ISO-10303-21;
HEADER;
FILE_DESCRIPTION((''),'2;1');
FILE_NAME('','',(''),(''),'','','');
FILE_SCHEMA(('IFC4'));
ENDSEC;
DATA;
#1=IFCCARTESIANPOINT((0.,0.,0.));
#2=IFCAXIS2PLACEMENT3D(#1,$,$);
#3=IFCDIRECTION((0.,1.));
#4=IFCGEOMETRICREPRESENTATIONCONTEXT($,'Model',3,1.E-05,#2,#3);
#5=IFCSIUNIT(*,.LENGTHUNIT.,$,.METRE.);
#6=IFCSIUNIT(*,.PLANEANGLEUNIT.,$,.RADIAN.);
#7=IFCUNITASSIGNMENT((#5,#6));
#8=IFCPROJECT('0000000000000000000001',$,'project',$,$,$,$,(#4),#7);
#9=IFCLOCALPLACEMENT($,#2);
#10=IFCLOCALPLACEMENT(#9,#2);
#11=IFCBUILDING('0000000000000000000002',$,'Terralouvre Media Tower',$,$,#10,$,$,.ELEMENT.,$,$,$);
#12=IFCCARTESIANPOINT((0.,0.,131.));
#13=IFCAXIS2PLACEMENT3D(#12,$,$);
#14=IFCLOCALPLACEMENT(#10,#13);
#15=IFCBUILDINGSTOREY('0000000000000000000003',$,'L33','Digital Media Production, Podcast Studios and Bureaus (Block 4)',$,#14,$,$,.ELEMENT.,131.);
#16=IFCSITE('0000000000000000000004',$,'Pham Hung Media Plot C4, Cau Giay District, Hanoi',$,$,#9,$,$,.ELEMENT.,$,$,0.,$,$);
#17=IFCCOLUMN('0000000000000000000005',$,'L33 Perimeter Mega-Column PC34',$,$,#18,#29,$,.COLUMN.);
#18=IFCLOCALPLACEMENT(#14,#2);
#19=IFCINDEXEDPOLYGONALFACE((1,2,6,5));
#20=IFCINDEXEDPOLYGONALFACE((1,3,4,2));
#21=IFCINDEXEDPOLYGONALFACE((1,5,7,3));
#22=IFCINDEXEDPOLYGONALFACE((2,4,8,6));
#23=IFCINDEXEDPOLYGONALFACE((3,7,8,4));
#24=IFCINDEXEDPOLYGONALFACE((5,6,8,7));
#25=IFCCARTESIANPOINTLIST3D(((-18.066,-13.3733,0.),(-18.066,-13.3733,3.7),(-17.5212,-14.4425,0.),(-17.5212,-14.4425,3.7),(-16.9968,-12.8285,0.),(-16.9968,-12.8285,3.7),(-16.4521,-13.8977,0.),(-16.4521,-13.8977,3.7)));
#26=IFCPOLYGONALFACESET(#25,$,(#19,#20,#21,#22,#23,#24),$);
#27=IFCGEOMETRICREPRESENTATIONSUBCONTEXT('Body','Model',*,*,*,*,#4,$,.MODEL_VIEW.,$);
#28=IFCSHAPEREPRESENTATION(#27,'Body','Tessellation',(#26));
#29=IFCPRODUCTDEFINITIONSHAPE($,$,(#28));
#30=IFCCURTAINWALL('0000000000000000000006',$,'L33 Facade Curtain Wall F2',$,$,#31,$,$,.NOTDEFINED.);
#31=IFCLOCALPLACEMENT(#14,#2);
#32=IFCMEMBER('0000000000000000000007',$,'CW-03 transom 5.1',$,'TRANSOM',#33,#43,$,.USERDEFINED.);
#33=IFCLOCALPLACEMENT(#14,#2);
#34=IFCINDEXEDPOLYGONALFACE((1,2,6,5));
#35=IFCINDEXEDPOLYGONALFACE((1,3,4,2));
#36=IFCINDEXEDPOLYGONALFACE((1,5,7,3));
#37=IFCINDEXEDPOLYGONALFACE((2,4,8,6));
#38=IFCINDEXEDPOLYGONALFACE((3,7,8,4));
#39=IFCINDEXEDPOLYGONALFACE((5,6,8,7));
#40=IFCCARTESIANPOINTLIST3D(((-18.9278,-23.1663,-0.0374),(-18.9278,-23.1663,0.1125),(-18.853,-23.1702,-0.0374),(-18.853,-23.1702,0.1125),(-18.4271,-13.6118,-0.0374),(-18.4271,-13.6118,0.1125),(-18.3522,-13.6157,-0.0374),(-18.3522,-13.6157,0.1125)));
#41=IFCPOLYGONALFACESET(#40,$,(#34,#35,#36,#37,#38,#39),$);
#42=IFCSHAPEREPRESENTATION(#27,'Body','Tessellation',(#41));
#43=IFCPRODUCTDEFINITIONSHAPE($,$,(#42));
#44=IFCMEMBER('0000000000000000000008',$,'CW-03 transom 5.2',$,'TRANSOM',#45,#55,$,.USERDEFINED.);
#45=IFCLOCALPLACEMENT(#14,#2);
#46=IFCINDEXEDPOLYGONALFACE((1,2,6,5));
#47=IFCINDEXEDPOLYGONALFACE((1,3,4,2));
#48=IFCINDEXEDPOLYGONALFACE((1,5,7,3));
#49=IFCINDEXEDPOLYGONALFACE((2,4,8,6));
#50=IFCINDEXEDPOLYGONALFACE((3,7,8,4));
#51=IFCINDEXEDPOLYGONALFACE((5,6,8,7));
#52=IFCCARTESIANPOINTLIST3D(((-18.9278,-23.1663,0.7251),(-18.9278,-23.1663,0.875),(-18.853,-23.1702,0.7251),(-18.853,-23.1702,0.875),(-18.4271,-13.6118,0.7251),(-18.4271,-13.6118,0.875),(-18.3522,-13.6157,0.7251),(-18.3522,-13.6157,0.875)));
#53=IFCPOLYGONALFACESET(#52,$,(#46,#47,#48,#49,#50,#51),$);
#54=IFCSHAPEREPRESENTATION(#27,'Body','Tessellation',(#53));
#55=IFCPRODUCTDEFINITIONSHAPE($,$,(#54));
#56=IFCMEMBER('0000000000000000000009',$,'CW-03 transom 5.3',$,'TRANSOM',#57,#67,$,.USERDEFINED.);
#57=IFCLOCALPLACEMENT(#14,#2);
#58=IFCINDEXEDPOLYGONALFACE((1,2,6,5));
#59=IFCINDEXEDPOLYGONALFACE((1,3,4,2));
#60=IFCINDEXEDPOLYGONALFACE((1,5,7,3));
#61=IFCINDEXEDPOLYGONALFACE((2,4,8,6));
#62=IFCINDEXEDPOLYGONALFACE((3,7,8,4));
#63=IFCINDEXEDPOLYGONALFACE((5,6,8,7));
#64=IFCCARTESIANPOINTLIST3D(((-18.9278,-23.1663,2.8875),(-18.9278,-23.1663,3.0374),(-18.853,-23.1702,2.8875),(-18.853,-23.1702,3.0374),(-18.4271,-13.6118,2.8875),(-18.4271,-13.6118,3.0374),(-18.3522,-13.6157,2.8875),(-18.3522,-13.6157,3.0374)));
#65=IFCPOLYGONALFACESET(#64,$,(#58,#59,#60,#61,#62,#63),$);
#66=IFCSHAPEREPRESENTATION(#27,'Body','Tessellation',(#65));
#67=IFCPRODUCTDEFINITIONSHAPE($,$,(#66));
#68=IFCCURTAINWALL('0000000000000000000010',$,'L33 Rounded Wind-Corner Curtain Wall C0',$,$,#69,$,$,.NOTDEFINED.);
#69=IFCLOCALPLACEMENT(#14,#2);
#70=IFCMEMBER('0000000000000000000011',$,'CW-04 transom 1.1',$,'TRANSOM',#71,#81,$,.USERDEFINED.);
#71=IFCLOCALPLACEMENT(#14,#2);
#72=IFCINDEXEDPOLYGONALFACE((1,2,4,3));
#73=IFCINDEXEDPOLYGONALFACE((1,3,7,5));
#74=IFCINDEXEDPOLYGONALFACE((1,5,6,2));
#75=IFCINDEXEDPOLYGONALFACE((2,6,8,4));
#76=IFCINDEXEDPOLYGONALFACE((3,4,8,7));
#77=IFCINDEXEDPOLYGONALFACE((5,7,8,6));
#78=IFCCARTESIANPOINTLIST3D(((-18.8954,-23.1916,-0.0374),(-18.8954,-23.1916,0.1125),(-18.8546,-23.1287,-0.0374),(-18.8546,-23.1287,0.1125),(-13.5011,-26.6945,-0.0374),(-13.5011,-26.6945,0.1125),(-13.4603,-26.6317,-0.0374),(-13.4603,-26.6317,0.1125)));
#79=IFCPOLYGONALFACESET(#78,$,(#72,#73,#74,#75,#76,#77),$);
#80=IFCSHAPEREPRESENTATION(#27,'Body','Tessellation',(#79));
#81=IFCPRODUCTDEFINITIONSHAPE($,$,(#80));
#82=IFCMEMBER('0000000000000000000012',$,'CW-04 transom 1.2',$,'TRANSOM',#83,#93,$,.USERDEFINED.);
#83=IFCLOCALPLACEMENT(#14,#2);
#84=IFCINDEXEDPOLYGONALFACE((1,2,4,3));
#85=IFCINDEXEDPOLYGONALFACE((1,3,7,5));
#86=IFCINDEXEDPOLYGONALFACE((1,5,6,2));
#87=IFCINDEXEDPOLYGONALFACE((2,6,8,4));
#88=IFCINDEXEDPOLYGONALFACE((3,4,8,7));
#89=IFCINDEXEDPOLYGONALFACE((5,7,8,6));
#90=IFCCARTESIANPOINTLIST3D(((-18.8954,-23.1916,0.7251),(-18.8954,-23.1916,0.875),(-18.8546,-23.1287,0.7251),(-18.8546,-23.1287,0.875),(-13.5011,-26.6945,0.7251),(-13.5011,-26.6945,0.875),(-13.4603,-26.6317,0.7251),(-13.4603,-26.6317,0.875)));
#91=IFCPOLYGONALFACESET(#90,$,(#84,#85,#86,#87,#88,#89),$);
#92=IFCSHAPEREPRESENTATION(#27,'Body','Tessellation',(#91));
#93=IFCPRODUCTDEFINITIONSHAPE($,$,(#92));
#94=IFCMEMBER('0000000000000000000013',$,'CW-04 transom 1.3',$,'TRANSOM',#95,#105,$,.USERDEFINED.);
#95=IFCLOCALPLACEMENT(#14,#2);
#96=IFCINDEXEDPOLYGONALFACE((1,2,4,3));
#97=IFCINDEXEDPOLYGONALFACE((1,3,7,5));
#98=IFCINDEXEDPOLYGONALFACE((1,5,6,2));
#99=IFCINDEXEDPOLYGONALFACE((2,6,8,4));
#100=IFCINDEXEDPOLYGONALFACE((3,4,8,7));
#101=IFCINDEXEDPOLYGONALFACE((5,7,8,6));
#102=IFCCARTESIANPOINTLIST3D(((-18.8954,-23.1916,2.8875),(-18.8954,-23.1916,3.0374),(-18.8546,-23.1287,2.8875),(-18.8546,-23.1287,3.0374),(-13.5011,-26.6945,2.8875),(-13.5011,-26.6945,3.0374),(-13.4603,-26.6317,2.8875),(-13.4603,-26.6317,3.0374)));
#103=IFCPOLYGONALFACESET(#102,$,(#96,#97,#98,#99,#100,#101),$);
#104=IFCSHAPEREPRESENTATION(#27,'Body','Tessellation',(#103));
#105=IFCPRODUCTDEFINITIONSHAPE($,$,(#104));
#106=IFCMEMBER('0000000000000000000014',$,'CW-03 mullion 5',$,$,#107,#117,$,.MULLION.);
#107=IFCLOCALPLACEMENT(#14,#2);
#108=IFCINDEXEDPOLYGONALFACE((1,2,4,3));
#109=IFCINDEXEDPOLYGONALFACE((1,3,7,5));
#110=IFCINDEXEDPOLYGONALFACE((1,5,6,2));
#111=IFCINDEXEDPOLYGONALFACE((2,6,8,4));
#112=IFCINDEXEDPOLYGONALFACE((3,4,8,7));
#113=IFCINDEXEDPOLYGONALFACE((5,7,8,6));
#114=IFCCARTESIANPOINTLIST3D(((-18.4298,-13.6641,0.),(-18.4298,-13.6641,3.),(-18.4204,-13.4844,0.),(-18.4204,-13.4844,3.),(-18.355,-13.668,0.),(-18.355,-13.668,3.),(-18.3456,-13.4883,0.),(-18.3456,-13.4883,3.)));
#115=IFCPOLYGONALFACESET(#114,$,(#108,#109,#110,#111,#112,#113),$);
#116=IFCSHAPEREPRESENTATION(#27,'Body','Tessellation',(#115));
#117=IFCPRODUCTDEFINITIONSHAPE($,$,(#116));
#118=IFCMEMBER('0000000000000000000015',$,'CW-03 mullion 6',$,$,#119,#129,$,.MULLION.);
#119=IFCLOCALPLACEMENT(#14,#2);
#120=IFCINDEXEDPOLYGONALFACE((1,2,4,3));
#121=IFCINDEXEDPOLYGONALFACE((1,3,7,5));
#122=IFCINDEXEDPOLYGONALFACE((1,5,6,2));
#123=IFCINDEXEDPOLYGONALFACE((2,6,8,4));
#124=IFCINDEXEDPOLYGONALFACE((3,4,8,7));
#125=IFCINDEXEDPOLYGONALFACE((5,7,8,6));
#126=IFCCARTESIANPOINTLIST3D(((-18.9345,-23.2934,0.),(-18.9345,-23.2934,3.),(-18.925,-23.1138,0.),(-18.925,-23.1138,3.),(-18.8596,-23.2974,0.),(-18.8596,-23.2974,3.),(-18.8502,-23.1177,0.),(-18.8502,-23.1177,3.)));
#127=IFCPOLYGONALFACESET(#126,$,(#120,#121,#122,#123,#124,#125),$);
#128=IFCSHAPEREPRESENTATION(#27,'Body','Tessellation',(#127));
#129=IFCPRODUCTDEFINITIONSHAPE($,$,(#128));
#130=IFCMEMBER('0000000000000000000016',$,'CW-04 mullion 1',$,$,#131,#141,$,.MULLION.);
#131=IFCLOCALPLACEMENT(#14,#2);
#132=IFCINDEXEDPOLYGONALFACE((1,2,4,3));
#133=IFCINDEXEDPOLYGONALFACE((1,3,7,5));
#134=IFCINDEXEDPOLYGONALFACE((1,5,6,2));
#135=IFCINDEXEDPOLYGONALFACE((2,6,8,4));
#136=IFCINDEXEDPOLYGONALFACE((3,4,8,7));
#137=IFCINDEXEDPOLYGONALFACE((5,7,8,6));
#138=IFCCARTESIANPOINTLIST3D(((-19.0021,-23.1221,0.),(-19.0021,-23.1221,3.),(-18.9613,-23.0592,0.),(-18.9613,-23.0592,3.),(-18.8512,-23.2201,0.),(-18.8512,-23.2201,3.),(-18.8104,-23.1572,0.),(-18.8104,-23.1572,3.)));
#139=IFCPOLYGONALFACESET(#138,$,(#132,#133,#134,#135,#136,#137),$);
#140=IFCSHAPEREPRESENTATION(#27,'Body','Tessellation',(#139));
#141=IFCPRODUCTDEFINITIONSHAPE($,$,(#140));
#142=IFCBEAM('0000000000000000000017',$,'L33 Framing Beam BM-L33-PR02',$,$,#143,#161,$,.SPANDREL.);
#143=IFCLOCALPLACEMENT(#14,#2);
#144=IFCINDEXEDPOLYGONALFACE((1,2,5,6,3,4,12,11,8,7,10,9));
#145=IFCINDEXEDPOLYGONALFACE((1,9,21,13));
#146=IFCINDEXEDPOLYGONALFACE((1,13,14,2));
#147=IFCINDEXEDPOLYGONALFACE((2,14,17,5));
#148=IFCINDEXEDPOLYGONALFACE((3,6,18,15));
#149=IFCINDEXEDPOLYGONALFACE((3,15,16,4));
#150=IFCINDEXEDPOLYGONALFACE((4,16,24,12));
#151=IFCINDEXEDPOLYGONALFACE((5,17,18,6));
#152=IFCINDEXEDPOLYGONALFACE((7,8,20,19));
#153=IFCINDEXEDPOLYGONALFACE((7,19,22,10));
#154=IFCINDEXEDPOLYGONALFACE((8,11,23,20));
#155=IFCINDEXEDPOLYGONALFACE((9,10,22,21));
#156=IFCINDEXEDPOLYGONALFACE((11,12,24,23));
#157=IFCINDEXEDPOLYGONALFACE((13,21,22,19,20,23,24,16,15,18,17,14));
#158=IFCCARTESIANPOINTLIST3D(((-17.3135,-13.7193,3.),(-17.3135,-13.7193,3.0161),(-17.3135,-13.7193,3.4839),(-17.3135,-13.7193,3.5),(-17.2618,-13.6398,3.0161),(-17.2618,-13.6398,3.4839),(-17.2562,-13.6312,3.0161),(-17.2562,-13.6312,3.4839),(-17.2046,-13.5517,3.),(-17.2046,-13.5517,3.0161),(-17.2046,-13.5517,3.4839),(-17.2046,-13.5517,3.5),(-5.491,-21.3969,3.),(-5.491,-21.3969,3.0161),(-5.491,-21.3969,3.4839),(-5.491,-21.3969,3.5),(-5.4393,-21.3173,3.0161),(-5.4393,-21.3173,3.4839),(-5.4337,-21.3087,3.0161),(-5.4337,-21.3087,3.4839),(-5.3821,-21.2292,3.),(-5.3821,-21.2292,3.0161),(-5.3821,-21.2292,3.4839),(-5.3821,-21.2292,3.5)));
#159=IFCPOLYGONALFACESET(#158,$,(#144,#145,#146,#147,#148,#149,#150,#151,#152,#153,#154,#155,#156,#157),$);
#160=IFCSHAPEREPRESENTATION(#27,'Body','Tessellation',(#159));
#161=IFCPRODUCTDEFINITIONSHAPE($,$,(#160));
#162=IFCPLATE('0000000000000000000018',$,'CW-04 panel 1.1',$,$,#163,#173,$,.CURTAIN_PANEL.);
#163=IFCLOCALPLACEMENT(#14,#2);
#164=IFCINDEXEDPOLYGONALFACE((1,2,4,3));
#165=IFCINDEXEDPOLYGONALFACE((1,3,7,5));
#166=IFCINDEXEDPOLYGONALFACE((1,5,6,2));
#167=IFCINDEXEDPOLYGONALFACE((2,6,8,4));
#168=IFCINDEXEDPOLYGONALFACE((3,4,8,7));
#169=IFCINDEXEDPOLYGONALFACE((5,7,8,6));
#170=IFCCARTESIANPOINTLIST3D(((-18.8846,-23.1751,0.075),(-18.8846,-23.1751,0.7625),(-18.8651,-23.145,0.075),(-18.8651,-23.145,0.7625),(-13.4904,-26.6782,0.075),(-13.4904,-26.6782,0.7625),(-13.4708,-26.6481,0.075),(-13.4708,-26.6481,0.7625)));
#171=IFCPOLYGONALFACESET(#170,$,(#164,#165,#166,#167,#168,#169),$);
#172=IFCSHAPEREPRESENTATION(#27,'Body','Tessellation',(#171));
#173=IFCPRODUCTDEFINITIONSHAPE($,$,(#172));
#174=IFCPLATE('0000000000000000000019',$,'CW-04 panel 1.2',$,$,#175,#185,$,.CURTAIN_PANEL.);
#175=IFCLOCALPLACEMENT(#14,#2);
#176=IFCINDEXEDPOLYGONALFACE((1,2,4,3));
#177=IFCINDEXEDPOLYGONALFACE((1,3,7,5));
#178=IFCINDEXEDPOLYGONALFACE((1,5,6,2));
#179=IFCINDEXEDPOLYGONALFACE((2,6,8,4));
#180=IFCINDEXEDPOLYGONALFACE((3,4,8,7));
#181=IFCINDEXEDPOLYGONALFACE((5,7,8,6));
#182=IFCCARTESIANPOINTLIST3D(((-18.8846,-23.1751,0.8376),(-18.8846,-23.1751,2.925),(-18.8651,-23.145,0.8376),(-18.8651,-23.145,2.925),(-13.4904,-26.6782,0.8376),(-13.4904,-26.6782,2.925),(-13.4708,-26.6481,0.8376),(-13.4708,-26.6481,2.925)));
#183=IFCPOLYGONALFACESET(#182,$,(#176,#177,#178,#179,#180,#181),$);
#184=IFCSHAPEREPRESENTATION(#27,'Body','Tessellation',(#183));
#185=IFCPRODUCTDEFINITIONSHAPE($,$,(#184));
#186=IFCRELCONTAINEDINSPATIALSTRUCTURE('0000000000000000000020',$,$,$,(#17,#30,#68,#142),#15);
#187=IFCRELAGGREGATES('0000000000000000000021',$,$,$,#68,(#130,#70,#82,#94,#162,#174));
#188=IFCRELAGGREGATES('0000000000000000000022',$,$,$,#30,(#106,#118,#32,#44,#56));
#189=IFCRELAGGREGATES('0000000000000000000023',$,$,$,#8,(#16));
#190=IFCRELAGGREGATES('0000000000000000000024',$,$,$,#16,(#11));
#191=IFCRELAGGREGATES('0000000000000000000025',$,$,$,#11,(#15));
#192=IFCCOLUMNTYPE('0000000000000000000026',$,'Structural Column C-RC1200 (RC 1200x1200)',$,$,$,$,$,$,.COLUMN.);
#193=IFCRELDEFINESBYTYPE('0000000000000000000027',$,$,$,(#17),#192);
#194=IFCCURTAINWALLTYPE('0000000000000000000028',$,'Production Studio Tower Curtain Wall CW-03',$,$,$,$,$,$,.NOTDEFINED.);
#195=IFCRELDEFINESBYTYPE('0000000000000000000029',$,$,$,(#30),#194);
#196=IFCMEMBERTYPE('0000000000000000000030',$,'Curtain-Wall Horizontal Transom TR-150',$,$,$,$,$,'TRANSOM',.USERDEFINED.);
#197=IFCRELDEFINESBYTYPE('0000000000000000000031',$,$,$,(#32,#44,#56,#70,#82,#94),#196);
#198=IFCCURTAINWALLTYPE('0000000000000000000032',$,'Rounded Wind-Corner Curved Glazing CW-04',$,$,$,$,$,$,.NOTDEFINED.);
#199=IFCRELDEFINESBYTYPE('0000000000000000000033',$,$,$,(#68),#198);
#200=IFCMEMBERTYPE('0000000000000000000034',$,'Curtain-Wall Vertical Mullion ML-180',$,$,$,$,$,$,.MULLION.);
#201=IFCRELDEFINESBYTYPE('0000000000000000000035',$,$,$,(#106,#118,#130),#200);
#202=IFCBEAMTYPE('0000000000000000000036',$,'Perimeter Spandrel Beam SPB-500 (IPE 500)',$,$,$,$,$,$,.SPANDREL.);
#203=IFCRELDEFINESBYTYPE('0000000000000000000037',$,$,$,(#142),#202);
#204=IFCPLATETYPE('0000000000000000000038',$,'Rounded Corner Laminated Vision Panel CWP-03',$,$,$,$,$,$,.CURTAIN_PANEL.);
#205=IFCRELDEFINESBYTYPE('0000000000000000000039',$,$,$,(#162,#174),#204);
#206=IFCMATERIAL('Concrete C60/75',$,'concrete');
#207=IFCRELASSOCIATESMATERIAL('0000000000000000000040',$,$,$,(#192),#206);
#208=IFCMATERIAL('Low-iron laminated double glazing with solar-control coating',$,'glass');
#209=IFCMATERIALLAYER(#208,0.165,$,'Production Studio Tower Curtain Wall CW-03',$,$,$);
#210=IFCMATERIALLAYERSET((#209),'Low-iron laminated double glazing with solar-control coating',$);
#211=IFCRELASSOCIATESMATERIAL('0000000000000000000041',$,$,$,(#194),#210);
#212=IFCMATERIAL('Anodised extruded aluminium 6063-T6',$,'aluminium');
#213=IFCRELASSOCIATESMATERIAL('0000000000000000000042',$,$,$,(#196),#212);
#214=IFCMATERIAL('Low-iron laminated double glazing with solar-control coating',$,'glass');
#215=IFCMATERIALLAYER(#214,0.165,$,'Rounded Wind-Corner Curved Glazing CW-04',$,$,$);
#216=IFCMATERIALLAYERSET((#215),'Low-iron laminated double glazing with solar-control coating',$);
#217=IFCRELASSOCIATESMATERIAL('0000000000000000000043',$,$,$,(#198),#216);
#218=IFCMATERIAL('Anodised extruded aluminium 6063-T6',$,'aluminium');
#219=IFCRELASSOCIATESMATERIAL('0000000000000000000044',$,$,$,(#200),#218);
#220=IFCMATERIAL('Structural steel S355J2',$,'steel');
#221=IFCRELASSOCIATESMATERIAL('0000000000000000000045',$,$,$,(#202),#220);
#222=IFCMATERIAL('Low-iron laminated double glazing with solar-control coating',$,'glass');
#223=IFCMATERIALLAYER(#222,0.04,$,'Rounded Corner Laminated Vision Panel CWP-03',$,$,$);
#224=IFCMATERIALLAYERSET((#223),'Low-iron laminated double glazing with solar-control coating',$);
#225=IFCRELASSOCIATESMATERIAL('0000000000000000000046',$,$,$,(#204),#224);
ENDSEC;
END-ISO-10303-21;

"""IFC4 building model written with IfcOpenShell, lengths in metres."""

from ifc_helpers import new_model, si_unit, direction, frame, origin, origin_2d, place, context, subcontext, project, spatial, rectangle, i_section, extrude, material, layer, layer_set, material_profile, profile_set, type_object, element, aggregate, save


model = new_model("IFC4")

# Units and contexts
model_context = context("Model", 3, precision=1e-05, world=origin(), true_north=direction((0.0, 1.0)))
body_context = subcontext(model_context, "Body", "Model", "MODEL_VIEW")
ifc_project = project(units=[si_unit("LENGTHUNIT", "METRE"), si_unit("PLANEANGLEUNIT", "RADIAN")], contexts=[model_context])

# Site, building, storey
site_placement = place(None, origin())
site = spatial("IfcSite", under=ifc_project, at=site_placement, Name="Pham Hung Media Plot C4, Cau Giay District, Hanoi", CompositionType="ELEMENT", RefElevation=0.0)
building_placement = place(site_placement, origin())
building = spatial("IfcBuilding", under=site, at=building_placement, Name="Terralouvre Media Tower", CompositionType="ELEMENT")
storey_placement = place(building_placement, frame((0.0, 0.0, 131.0)))
storey = spatial("IfcBuildingStorey", under=building, at=storey_placement, Name="L33", Description="Digital Media Production, Podcast Studios and Bureaus (Block 4)", CompositionType="ELEMENT", Elevation=131.0)

# Column
ifc_material_1 = material(Name="Concrete C60/75", Category="concrete")
ifc_material_profile_1 = material_profile(ifc_material_1, rectangle(XDim=1.2, YDim=1.2, at=origin_2d()), Name="RC 1200x1200")
ifc_profile_set_1 = profile_set([ifc_material_profile_1], Name="Concrete C60/75")
column_type = type_object("IfcColumnType", Name="Structural Column C-RC1200 (RC 1200x1200)", PredefinedType="COLUMN", material=ifc_profile_set_1)
column_placement = place(storey_placement, frame((-17.259, -13.6355, 0.0), z_axis=(0.0, 0.0, 1.0), x_axis=(0.891007, 0.45399, 0.0)))
element("IfcColumn", 1, at=column_placement, inside=storey, type_object=column_type, Name="L33 Perimeter Mega-Column PC34", PredefinedType="COLUMN", context=body_context, shape_type="SweptSolid", body=[
    extrude(rectangle(XDim=1.2, YDim=1.2, at=origin_2d()), origin(), (0.0, 0.0, 1.0), 3.7),
])

# Curtain walls, members
ifc_material_2 = material(Name="Low-iron laminated double glazing with solar-control coating", Category="glass")
ifc_layer_1 = layer(ifc_material_2, 0.165, Name="Production Studio Tower Curtain Wall CW-03")
ifc_layer_set_1 = layer_set([ifc_layer_1], Name="Low-iron laminated double glazing with solar-control coating")
curtain_wall_type_1 = type_object("IfcCurtainWallType", Name="Production Studio Tower Curtain Wall CW-03", PredefinedType="NOTDEFINED", material=ifc_layer_set_1)
curtain_wall_1_placement = place(storey_placement, origin())
curtain_wall_1 = element("IfcCurtainWall", 2, at=curtain_wall_1_placement, inside=storey, type_object=curtain_wall_type_1, Name="L33 Facade Curtain Wall F2", PredefinedType="NOTDEFINED")
ifc_material_3 = material(Name="Anodised extruded aluminium 6063-T6", Category="aluminium")
ifc_material_profile_2 = material_profile(ifc_material_3, rectangle(XDim=0.075, YDim=0.1499, at=origin_2d()), Name="ALU 75x150")
ifc_profile_set_2 = profile_set([ifc_material_profile_2], Name="Anodised extruded aluminium 6063-T6")
member_type_1 = type_object("IfcMemberType", Name="Curtain-Wall Horizontal Transom TR-150", ElementType="TRANSOM", PredefinedType="USERDEFINED", material=ifc_profile_set_2)
member_1_placement = place(storey_placement, frame((-18.3896, -13.6138, 0.0376), z_axis=(-0.052337, -0.99863, 0.0), x_axis=(0.99863, -0.052337, 0.0)))
member_1 = element("IfcMember", 3, at=member_1_placement, type_object=member_type_1, Name="CW-03 transom 5.1", ObjectType="TRANSOM", PredefinedType="USERDEFINED", context=body_context, shape_type="SweptSolid", body=[
    extrude(rectangle(XDim=0.075, YDim=0.1499, at=origin_2d()), origin(), (0.0, 0.0, 1.0), 9.5676),
])
member_2_placement = place(storey_placement, frame((-18.3896, -13.6138, 0.8), z_axis=(-0.052337, -0.99863, 0.0), x_axis=(0.99863, -0.052337, 0.0)))
member_2 = element("IfcMember", 4, at=member_2_placement, type_object=member_type_1, Name="CW-03 transom 5.2", ObjectType="TRANSOM", PredefinedType="USERDEFINED", context=body_context, shape_type="SweptSolid", body=[
    extrude(rectangle(XDim=0.075, YDim=0.1499, at=origin_2d()), origin(), (0.0, 0.0, 1.0), 9.5676),
])
member_3_placement = place(storey_placement, frame((-18.3896, -13.6138, 2.9624), z_axis=(-0.052337, -0.99863, 0.0), x_axis=(0.99863, -0.052337, 0.0)))
member_3 = element("IfcMember", 5, at=member_3_placement, type_object=member_type_1, Name="CW-03 transom 5.3", ObjectType="TRANSOM", PredefinedType="USERDEFINED", context=body_context, shape_type="SweptSolid", body=[
    extrude(rectangle(XDim=0.075, YDim=0.1499, at=origin_2d()), origin(), (0.0, 0.0, 1.0), 9.5676),
])
ifc_material_4 = material(Name="Low-iron laminated double glazing with solar-control coating", Category="glass")
ifc_layer_2 = layer(ifc_material_4, 0.165, Name="Rounded Wind-Corner Curved Glazing CW-04")
ifc_layer_set_2 = layer_set([ifc_layer_2], Name="Low-iron laminated double glazing with solar-control coating")
curtain_wall_type_2 = type_object("IfcCurtainWallType", Name="Rounded Wind-Corner Curved Glazing CW-04", PredefinedType="NOTDEFINED", material=ifc_layer_set_2)
curtain_wall_2_placement = place(storey_placement, origin())
curtain_wall_2 = element("IfcCurtainWall", 6, at=curtain_wall_2_placement, inside=storey, type_object=curtain_wall_type_2, Name="L33 Rounded Wind-Corner Curtain Wall C0", PredefinedType="NOTDEFINED")
member_4_placement = place(storey_placement, frame((-18.875, -23.1602, 0.0376), z_axis=(0.838682, -0.544621, 0.0), x_axis=(0.544621, 0.838682, 0.0)))
member_4 = element("IfcMember", 7, at=member_4_placement, type_object=member_type_1, Name="CW-04 transom 1.1", ObjectType="TRANSOM", PredefinedType="USERDEFINED", context=body_context, shape_type="SweptSolid", body=[
    extrude(rectangle(XDim=0.075, YDim=0.1499, at=origin_2d()), origin(), (0.0, 0.0, 1.0), 6.4319),
])
member_5_placement = place(storey_placement, frame((-18.875, -23.1602, 0.8), z_axis=(0.838682, -0.544621, 0.0), x_axis=(0.544621, 0.838682, 0.0)))
member_5 = element("IfcMember", 8, at=member_5_placement, type_object=member_type_1, Name="CW-04 transom 1.2", ObjectType="TRANSOM", PredefinedType="USERDEFINED", context=body_context, shape_type="SweptSolid", body=[
    extrude(rectangle(XDim=0.075, YDim=0.1499, at=origin_2d()), origin(), (0.0, 0.0, 1.0), 6.4319),
])
member_6_placement = place(storey_placement, frame((-18.875, -23.1602, 2.9624), z_axis=(0.838682, -0.544621, 0.0), x_axis=(0.544621, 0.838682, 0.0)))
member_6 = element("IfcMember", 9, at=member_6_placement, type_object=member_type_1, Name="CW-04 transom 1.3", ObjectType="TRANSOM", PredefinedType="USERDEFINED", context=body_context, shape_type="SweptSolid", body=[
    extrude(rectangle(XDim=0.075, YDim=0.1499, at=origin_2d()), origin(), (0.0, 0.0, 1.0), 6.4319),
])

# Members
ifc_material_5 = material(Name="Anodised extruded aluminium 6063-T6", Category="aluminium")
ifc_material_profile_3 = material_profile(ifc_material_5, rectangle(XDim=0.075, YDim=0.1799, at=origin_2d()), Name="ALU 75x180")
ifc_profile_set_3 = profile_set([ifc_material_profile_3], Name="Anodised extruded aluminium 6063-T6")
member_type_2 = type_object("IfcMemberType", Name="Curtain-Wall Vertical Mullion ML-180", PredefinedType="MULLION", material=ifc_profile_set_3)
member_7_placement = place(storey_placement, frame((-18.3877, -13.5762, 0.0), z_axis=(0.0, 0.0, 1.0), x_axis=(0.99863, -0.052336, 0.0)))
member_7 = element("IfcMember", 10, at=member_7_placement, type_object=member_type_2, Name="CW-03 mullion 5", PredefinedType="MULLION", context=body_context, shape_type="SweptSolid", body=[
    extrude(rectangle(XDim=0.075, YDim=0.1799, at=origin_2d()), origin(), (0.0, 0.0, 1.0), 3.0),
])
member_8_placement = place(storey_placement, frame((-18.8923, -23.2056, 0.0), z_axis=(0.0, 0.0, 1.0), x_axis=(0.99863, -0.052336, 0.0)))
member_8 = element("IfcMember", 11, at=member_8_placement, type_object=member_type_2, Name="CW-03 mullion 6", PredefinedType="MULLION", context=body_context, shape_type="SweptSolid", body=[
    extrude(rectangle(XDim=0.075, YDim=0.1799, at=origin_2d()), origin(), (0.0, 0.0, 1.0), 3.0),
])
member_9_placement = place(storey_placement, frame((-18.9062, -23.1396, 0.0), z_axis=(0.0, 0.0, 1.0), x_axis=(0.544639, 0.83867, 0.0)))
member_9 = element("IfcMember", 12, at=member_9_placement, type_object=member_type_2, Name="CW-04 mullion 1", PredefinedType="MULLION", context=body_context, shape_type="SweptSolid", body=[
    extrude(rectangle(XDim=0.075, YDim=0.1799, at=origin_2d()), origin(), (0.0, 0.0, 1.0), 3.0),
])

# Beam
ifc_material_6 = material(Name="Structural steel S355J2", Category="steel")
ifc_material_profile_4 = material_profile(ifc_material_6, i_section(OverallWidth=0.2, OverallDepth=0.5, WebThickness=0.0103, FlangeThickness=0.0161, at=origin_2d()), Name="IPE 500")
ifc_profile_set_4 = profile_set([ifc_material_profile_4], Name="Structural steel S355J2")
beam_type = type_object("IfcBeamType", Name="Perimeter Spandrel Beam SPB-500 (IPE 500)", PredefinedType="SPANDREL", material=ifc_profile_set_4)
beam_placement = place(storey_placement, frame((-17.259, -13.6355, 3.25), z_axis=(0.838675, -0.544632, 0.0), x_axis=(0.544632, 0.838675, 0.0)))
element("IfcBeam", 13, at=beam_placement, inside=storey, type_object=beam_type, Name="L33 Framing Beam BM-L33-PR02", PredefinedType="SPANDREL", context=body_context, shape_type="SweptSolid", body=[
    extrude(i_section(OverallWidth=0.2, OverallDepth=0.5, WebThickness=0.0103, FlangeThickness=0.0161, at=origin_2d()), origin(), (0.0, 0.0, 1.0), 14.0967),
])

# Plates
ifc_material_7 = material(Name="Low-iron laminated double glazing with solar-control coating", Category="glass")
ifc_layer_3 = layer(ifc_material_7, 0.04, Name="Rounded Corner Laminated Vision Panel CWP-03")
ifc_layer_set_3 = layer_set([ifc_layer_3], Name="Low-iron laminated double glazing with solar-control coating")
plate_type_1 = type_object("IfcPlateType", Name="Rounded Corner Laminated Vision Panel CWP-03", PredefinedType="CURTAIN_PANEL", material=ifc_layer_set_3)
plate_1_placement = place(storey_placement, frame((-16.1777, -24.9116, 0.075), z_axis=(0.0, 0.0, 1.0), x_axis=(0.83867, -0.544639, 0.0)))
plate_1 = element("IfcPlate", 14, at=plate_1_placement, type_object=plate_type_1, Name="CW-04 panel 1.1", PredefinedType="CURTAIN_PANEL", context=body_context, shape_type="SweptSolid", body=[
    extrude(rectangle(XDim=6.4319, YDim=0.0359, at=origin_2d()), origin(), (0.0, 0.0, 1.0), 0.6875),
])
plate_2_placement = place(storey_placement, frame((-16.1777, -24.9116, 0.8376), z_axis=(0.0, 0.0, 1.0), x_axis=(0.83867, -0.544639, 0.0)))
plate_2 = element("IfcPlate", 15, at=plate_2_placement, type_object=plate_type_1, Name="CW-04 panel 1.2", PredefinedType="CURTAIN_PANEL", context=body_context, shape_type="SweptSolid", body=[
    extrude(rectangle(XDim=6.4319, YDim=0.0359, at=origin_2d()), origin(), (0.0, 0.0, 1.0), 2.0874),
])
aggregate(curtain_wall_2, [member_9, member_4, member_5, member_6, plate_1, plate_2])
aggregate(curtain_wall_1, [member_7, member_8, member_1, member_2, member_3])

save(model, "model.ifc")
